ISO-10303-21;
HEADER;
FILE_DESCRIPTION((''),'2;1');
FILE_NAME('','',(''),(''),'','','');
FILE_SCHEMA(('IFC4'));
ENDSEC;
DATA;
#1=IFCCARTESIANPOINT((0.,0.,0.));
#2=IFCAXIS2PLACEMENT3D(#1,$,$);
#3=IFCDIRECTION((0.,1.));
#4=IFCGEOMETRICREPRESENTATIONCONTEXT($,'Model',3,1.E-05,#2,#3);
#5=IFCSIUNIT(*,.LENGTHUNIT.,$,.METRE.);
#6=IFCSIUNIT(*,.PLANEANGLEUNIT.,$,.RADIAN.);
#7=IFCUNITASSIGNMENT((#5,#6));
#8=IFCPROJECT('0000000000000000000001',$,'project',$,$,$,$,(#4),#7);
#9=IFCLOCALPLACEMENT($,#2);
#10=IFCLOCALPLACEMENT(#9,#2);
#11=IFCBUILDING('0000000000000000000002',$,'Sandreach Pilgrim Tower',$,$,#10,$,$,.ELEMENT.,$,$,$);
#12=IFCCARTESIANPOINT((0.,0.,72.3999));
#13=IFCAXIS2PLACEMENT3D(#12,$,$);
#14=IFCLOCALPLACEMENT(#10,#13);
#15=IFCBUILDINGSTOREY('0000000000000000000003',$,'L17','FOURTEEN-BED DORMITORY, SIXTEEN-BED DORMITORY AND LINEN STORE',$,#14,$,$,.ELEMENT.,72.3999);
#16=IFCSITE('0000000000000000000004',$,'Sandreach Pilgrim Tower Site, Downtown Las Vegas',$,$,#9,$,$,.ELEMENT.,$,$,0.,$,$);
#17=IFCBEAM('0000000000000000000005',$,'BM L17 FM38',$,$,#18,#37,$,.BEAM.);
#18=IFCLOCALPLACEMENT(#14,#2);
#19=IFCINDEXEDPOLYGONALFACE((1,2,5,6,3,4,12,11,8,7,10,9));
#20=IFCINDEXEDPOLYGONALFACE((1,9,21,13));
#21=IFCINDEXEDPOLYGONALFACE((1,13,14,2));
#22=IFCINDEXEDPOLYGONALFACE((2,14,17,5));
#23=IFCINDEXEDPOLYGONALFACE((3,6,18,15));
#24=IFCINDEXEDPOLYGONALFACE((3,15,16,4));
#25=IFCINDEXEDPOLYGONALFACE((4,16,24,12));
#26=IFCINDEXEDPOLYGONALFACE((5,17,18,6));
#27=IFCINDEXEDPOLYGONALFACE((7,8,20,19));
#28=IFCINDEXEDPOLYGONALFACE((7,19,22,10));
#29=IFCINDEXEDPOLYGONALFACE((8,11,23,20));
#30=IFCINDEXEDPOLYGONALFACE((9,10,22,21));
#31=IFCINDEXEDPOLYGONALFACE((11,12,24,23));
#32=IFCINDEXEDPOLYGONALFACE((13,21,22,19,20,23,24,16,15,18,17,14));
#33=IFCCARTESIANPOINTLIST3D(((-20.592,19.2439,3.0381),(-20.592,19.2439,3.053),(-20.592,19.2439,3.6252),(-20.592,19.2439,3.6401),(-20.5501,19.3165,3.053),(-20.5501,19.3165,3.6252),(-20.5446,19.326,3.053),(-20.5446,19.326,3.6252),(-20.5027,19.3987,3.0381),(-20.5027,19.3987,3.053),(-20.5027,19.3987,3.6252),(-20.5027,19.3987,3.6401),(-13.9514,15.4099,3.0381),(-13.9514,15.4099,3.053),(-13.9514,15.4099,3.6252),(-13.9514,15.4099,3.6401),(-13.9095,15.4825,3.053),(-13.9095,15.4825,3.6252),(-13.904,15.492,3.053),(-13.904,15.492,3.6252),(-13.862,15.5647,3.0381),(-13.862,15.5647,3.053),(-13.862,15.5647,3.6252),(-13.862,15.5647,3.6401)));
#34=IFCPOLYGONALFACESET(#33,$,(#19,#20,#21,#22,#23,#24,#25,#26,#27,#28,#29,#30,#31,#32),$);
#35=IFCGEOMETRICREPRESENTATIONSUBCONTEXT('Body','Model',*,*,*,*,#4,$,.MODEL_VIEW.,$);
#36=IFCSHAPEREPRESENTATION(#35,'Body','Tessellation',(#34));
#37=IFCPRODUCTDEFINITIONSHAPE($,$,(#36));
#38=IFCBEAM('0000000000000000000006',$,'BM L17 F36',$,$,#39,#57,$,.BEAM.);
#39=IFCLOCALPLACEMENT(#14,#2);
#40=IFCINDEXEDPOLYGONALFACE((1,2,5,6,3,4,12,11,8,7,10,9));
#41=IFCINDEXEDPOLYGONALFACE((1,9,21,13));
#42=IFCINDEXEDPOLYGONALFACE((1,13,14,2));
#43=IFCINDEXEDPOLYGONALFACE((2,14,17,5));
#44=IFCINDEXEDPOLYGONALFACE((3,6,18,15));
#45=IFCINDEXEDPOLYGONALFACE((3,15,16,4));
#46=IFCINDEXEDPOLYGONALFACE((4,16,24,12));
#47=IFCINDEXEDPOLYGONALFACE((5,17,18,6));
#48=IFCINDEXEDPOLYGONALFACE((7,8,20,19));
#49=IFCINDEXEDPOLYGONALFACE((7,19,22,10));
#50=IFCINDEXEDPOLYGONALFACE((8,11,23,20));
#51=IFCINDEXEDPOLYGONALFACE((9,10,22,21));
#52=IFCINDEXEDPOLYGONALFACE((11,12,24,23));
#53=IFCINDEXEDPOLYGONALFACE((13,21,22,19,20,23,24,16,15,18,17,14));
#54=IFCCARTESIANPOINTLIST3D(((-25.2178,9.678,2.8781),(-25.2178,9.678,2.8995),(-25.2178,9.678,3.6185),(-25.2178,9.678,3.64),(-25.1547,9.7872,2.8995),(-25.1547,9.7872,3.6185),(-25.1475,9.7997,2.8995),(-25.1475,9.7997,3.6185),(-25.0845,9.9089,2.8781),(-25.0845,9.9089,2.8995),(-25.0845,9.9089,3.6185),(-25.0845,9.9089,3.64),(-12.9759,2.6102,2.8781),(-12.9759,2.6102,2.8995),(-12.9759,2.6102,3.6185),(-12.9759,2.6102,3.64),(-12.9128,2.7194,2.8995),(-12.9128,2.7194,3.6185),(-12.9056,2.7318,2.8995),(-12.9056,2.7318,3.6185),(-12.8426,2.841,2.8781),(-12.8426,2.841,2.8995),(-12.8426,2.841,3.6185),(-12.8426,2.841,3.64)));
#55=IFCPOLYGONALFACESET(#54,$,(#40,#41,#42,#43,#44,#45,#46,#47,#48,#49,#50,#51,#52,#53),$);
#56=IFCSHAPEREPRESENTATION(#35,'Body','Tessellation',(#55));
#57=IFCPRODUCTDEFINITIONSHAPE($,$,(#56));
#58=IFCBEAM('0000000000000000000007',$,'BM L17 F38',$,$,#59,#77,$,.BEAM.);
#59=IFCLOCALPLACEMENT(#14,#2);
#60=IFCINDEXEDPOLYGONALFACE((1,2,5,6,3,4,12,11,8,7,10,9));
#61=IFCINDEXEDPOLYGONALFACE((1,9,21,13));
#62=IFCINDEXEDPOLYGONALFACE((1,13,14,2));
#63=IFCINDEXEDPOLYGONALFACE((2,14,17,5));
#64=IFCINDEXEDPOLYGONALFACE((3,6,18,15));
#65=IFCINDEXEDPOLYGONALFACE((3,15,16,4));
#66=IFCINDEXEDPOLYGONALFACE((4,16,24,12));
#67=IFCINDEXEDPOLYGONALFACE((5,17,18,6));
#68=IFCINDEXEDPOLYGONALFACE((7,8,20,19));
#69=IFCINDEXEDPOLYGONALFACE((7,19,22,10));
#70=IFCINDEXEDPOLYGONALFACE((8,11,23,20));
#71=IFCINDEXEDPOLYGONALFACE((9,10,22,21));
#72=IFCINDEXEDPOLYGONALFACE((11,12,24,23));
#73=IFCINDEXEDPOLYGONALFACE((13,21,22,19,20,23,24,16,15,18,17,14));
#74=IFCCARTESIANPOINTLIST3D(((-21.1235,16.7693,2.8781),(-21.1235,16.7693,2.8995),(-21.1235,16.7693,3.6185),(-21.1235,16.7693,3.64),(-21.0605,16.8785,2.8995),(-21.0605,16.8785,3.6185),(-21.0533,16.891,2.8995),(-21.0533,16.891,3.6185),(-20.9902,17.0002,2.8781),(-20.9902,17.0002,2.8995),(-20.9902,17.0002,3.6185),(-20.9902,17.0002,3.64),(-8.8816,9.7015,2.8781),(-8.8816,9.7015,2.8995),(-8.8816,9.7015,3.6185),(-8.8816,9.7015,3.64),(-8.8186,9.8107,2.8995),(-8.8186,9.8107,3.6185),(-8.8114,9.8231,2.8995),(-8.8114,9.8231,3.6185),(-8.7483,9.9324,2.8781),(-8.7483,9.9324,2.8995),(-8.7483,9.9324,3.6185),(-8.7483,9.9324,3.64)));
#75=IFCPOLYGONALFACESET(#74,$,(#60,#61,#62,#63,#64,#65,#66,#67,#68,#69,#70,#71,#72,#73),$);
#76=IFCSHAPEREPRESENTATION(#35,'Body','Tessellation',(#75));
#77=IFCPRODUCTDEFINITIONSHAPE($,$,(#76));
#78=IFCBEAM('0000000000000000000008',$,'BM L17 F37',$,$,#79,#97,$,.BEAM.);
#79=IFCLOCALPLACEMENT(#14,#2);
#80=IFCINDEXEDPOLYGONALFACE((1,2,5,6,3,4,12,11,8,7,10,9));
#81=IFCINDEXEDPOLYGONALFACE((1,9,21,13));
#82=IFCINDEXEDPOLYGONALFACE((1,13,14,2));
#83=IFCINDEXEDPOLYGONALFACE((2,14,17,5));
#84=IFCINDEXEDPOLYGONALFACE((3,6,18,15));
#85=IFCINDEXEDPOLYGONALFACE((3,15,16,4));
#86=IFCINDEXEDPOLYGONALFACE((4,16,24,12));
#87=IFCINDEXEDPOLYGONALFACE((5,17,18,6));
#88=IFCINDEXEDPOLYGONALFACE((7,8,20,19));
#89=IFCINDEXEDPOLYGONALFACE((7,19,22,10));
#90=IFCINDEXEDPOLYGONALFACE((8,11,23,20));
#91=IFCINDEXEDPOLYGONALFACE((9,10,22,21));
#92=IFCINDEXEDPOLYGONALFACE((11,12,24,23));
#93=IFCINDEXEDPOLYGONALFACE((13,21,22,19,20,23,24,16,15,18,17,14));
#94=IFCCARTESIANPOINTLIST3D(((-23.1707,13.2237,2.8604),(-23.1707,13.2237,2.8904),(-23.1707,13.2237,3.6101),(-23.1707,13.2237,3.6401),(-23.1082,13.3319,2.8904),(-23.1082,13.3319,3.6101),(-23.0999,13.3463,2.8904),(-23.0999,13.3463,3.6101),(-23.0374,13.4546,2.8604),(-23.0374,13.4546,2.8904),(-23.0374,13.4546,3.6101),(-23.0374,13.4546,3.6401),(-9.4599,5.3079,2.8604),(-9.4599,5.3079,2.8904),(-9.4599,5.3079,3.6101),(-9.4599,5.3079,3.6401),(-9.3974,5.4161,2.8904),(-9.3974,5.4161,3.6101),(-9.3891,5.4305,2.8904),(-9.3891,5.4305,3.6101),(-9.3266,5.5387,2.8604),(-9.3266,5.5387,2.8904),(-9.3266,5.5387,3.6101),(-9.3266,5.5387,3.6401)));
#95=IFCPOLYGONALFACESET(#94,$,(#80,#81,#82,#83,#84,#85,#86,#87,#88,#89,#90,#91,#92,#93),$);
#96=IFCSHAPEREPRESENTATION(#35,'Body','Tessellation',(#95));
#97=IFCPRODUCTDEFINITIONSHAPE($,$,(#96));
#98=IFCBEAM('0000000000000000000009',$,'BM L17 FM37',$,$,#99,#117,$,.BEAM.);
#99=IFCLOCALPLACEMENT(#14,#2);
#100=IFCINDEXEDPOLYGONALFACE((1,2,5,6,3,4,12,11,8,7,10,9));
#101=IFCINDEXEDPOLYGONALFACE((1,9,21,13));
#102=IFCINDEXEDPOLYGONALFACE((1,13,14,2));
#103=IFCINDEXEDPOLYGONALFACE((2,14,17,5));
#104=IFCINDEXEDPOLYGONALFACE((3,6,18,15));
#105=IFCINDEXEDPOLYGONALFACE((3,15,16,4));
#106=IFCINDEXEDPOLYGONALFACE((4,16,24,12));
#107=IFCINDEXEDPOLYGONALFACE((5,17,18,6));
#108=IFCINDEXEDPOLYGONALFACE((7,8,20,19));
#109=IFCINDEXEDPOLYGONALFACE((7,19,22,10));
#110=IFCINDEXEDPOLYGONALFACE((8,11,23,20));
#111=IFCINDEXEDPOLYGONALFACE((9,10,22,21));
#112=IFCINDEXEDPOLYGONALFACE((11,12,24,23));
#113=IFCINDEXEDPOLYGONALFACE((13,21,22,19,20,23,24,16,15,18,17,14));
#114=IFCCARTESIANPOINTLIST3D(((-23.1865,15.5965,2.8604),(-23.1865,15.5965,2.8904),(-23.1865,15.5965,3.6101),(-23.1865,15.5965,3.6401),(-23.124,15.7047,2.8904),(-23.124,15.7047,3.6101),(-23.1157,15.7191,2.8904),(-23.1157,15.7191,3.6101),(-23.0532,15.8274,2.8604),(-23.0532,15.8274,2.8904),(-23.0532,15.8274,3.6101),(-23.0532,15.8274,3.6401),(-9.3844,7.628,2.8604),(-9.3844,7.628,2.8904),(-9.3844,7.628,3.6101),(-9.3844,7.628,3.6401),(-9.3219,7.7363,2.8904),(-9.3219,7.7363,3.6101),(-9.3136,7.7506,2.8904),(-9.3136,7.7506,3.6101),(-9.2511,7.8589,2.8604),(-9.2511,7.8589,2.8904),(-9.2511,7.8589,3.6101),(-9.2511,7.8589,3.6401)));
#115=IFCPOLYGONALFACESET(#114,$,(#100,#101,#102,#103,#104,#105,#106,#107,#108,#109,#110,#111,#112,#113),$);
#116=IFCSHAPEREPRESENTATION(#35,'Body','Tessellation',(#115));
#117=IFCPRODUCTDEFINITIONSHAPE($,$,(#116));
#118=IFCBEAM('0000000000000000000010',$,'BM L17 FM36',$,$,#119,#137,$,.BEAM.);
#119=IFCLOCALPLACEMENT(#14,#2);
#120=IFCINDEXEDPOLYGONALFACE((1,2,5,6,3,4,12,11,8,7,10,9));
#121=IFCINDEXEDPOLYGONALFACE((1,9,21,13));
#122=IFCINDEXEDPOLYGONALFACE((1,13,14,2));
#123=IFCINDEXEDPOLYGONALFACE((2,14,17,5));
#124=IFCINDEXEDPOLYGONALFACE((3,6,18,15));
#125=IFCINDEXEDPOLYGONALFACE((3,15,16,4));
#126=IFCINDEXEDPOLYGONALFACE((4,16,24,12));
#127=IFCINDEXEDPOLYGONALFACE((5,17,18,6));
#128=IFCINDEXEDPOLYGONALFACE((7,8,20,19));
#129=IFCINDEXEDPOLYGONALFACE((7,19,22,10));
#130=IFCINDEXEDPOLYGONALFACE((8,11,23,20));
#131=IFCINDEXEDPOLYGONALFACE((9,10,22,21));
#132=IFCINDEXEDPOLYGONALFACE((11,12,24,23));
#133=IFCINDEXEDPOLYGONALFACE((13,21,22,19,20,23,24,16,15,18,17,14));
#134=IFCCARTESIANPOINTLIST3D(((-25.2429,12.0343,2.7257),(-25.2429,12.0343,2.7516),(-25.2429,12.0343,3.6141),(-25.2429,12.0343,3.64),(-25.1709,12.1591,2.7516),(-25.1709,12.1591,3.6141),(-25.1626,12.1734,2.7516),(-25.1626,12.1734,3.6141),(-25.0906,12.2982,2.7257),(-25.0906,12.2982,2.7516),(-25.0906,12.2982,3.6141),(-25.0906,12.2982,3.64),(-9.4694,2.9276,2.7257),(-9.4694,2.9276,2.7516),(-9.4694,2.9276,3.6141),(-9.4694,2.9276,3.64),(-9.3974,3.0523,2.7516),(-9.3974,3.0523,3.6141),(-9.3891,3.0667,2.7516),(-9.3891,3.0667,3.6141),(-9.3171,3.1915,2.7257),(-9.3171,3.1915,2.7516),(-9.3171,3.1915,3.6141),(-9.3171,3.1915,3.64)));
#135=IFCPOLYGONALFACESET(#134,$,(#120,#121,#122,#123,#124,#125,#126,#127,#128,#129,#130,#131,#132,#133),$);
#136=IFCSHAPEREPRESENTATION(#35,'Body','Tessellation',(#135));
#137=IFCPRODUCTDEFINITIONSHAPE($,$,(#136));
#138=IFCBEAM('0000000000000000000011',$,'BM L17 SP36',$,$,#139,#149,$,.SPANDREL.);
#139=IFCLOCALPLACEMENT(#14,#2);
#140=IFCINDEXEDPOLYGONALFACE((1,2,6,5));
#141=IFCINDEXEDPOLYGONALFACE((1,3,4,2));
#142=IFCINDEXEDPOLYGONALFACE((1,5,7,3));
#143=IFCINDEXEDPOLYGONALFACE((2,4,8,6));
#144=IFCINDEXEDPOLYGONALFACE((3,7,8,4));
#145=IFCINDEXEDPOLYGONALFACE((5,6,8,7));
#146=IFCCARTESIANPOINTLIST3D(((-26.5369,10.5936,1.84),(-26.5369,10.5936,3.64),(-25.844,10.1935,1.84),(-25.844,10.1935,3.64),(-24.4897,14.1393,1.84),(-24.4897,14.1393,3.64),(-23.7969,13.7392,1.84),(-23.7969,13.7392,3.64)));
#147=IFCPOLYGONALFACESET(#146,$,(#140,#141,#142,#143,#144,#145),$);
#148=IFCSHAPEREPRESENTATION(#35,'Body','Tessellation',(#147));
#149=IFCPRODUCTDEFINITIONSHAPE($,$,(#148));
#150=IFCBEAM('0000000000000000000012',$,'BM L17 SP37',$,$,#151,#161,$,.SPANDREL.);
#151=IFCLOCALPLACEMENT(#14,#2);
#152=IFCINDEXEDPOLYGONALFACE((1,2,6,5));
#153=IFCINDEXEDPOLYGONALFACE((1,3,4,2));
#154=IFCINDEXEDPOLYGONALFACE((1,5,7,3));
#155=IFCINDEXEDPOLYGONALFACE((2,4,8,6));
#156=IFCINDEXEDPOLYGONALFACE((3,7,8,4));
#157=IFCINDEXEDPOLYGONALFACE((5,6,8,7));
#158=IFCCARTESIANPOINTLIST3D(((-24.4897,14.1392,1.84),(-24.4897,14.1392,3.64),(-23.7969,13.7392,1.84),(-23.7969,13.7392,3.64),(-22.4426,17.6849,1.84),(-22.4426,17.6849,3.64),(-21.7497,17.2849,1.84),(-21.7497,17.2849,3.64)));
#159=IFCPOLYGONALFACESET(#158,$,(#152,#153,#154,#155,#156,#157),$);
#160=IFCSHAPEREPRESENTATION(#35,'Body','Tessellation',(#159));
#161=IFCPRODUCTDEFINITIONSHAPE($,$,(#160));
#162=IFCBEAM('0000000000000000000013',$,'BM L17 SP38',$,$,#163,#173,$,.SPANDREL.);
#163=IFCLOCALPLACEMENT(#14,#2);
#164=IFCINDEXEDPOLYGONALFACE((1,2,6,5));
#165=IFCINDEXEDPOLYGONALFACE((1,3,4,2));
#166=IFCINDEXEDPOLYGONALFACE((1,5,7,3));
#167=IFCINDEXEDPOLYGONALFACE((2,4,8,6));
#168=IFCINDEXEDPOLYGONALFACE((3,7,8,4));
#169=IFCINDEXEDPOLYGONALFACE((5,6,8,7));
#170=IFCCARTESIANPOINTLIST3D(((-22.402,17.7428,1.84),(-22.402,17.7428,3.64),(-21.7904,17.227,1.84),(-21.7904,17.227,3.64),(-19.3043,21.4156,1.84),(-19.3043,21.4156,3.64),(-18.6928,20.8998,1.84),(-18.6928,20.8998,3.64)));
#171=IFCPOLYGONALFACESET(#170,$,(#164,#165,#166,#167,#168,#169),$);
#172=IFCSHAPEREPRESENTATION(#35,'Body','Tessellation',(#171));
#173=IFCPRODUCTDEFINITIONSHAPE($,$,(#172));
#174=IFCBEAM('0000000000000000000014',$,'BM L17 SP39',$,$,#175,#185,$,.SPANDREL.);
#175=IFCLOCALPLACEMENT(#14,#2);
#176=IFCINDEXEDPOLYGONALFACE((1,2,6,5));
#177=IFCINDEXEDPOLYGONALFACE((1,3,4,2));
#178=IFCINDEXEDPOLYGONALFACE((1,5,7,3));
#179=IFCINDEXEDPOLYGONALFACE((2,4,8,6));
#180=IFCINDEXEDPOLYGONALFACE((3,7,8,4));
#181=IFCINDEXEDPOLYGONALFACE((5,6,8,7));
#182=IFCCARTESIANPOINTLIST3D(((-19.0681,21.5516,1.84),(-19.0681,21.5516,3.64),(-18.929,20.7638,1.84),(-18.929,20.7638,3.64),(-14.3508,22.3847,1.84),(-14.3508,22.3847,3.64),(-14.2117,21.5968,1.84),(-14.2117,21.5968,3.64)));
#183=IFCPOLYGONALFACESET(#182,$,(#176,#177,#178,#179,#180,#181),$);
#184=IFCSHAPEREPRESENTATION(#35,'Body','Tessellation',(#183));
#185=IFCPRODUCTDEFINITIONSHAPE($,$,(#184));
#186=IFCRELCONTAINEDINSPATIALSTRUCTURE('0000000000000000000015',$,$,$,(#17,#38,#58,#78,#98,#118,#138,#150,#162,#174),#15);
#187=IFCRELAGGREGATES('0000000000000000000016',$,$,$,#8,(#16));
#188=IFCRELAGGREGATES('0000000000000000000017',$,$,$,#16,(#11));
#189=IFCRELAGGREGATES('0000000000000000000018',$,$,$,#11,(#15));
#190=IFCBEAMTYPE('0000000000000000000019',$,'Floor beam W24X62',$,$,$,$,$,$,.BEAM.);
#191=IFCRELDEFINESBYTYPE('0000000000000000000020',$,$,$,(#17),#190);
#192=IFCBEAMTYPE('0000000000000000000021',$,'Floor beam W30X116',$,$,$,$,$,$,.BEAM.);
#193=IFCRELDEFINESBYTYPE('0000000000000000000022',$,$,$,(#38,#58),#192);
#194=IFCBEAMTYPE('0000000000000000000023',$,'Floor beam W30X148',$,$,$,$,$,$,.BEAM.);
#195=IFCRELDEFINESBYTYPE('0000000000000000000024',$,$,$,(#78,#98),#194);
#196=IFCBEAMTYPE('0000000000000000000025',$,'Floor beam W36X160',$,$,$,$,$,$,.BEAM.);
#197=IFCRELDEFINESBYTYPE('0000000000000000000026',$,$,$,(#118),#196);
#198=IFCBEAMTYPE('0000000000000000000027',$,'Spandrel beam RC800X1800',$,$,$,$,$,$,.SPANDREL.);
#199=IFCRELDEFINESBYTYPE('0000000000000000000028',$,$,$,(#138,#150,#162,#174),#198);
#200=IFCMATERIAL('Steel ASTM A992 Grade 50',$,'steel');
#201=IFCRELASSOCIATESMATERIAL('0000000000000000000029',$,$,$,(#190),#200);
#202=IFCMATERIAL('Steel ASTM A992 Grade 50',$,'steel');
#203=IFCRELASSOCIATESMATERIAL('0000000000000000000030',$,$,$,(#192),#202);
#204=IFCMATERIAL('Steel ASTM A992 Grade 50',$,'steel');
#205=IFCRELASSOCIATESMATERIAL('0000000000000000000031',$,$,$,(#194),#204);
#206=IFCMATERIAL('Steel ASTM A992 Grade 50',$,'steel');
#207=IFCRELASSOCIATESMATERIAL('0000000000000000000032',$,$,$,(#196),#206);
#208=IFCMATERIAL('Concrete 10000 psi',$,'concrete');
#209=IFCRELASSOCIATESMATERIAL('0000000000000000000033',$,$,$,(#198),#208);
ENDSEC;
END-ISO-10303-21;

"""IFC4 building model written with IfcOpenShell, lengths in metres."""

from ifc_helpers import new_model, si_unit, direction, frame, origin, origin_2d, place, context, subcontext, project, spatial, rectangle, i_section, extrude, material, material_profile, profile_set, type_object, element, save


model = new_model("IFC4")

# Units and contexts
model_context = context("Model", 3, precision=1e-05, world=origin(), true_north=direction((0.0, 1.0)))
body_context = subcontext(model_context, "Body", "Model", "MODEL_VIEW")
ifc_project = project(units=[si_unit("LENGTHUNIT", "METRE"), si_unit("PLANEANGLEUNIT", "RADIAN")], contexts=[model_context])

# Site, building, storey
site_placement = place(None, origin())
site = spatial("IfcSite", under=ifc_project, at=site_placement, Name="Sandreach Pilgrim Tower Site, Downtown Las Vegas", CompositionType="ELEMENT", RefElevation=0.0)
building_placement = place(site_placement, origin())
building = spatial("IfcBuilding", under=site, at=building_placement, Name="Sandreach Pilgrim Tower", CompositionType="ELEMENT")
storey_placement = place(building_placement, frame((0.0, 0.0, 72.3999)))
storey = spatial("IfcBuildingStorey", under=building, at=storey_placement, Name="L17", Description="FOURTEEN-BED DORMITORY, SIXTEEN-BED DORMITORY AND LINEN STORE", CompositionType="ELEMENT", Elevation=72.3999)

# Beams
ifc_material_1 = material(Name="Steel ASTM A992 Grade 50", Category="steel")
ifc_material_profile_1 = material_profile(ifc_material_1, i_section(OverallWidth=0.1787, OverallDepth=0.6021, WebThickness=0.011, FlangeThickness=0.0149, at=origin_2d()), Name="W24X62")
ifc_profile_set_1 = profile_set([ifc_material_profile_1], Name="Steel ASTM A992 Grade 50")
beam_type_1 = type_object("IfcBeamType", Name="Floor beam W24X62", PredefinedType="BEAM", material=ifc_profile_set_1)
beam_1_placement = place(storey_placement, frame((-20.5474, 19.3213, 3.3391), z_axis=(0.866024, -0.500002, 0.0), x_axis=(0.500002, 0.866024, 0.0)))
element("IfcBeam", 1, at=beam_1_placement, inside=storey, type_object=beam_type_1, Name="BM L17 FM38", PredefinedType="BEAM", context=body_context, shape_type="SweptSolid", body=[
    extrude(i_section(OverallWidth=0.1787, OverallDepth=0.6021, WebThickness=0.011, FlangeThickness=0.0149, at=origin_2d()), origin(), (0.0, 0.0, 1.0), 7.668),
])
ifc_material_2 = material(Name="Steel ASTM A992 Grade 50", Category="steel")
ifc_material_profile_2 = material_profile(ifc_material_2, i_section(OverallWidth=0.2666, OverallDepth=0.762, WebThickness=0.0144, FlangeThickness=0.0215, at=origin_2d()), Name="W30X116")
ifc_profile_set_2 = profile_set([ifc_material_profile_2], Name="Steel ASTM A992 Grade 50")
beam_type_2 = type_object("IfcBeamType", Name="Floor beam W30X116", PredefinedType="BEAM", material=ifc_profile_set_2)
for number, where, z_axis, x_axis, name in (
    (2, (-25.1511, 9.7935, 3.259), (0.866026, -0.499999, 0.0), (0.499999, 0.866026, 0.0), "BM L17 F36"),
    (3, (-21.0569, 16.8848, 3.259), (0.866026, -0.499999, 0.0), (0.499999, 0.866026, 0.0), "BM L17 F38"),
):
    element("IfcBeam", number, at=place(storey_placement, frame(where, z_axis=z_axis, x_axis=x_axis)), inside=storey, type_object=beam_type_2, Name=name, PredefinedType="BEAM", context=body_context, shape_type="SweptSolid", body=[
        extrude(i_section(OverallWidth=0.2666, OverallDepth=0.762, WebThickness=0.0144, FlangeThickness=0.0215, at=origin_2d()), origin(), (0.0, 0.0, 1.0), 14.1357),
    ])
ifc_material_3 = material(Name="Steel ASTM A992 Grade 50", Category="steel")
ifc_material_profile_3 = material_profile(ifc_material_3, i_section(OverallWidth=0.2666, OverallDepth=0.7798, WebThickness=0.0166, FlangeThickness=0.03, at=origin_2d()), Name="W30X148")
ifc_profile_set_3 = profile_set([ifc_material_profile_3], Name="Steel ASTM A992 Grade 50")
beam_type_3 = type_object("IfcBeamType", Name="Floor beam W30X148", PredefinedType="BEAM", material=ifc_profile_set_3)
beam_2_placement = place(storey_placement, frame((-23.104, 13.3391, 3.2502), z_axis=(0.866028, -0.499995, 0.0), x_axis=(0.499995, 0.866028, 0.0)))
element("IfcBeam", 4, at=beam_2_placement, inside=storey, type_object=beam_type_3, Name="BM L17 F37", PredefinedType="BEAM", context=body_context, shape_type="SweptSolid", body=[
    extrude(i_section(OverallWidth=0.2666, OverallDepth=0.7798, WebThickness=0.0166, FlangeThickness=0.03, at=origin_2d()), origin(), (0.0, 0.0, 1.0), 15.8318),
])
beam_3_placement = place(storey_placement, frame((-23.1199, 15.7119, 3.2502), z_axis=(0.866032, -0.499989, 0.0), x_axis=(0.499989, 0.866032, 0.0)))
element("IfcBeam", 5, at=beam_3_placement, inside=storey, type_object=beam_type_3, Name="BM L17 FM37", PredefinedType="BEAM", context=body_context, shape_type="SweptSolid", body=[
    extrude(i_section(OverallWidth=0.2666, OverallDepth=0.7798, WebThickness=0.0166, FlangeThickness=0.03, at=origin_2d()), origin(), (0.0, 0.0, 1.0), 15.9373),
])
ifc_material_4 = material(Name="Steel ASTM A992 Grade 50", Category="steel")
ifc_material_profile_4 = material_profile(ifc_material_4, i_section(OverallWidth=0.3047, OverallDepth=0.9143, WebThickness=0.0166, FlangeThickness=0.0259, at=origin_2d()), Name="W36X160")
ifc_profile_set_4 = profile_set([ifc_material_profile_4], Name="Steel ASTM A992 Grade 50")
beam_type_4 = type_object("IfcBeamType", Name="Floor beam W36X160", PredefinedType="BEAM", material=ifc_profile_set_4)
beam_4_placement = place(storey_placement, frame((-25.1667, 12.1663, 3.1829), z_axis=(0.866028, -0.499996, 0.0), x_axis=(0.499996, 0.866028, 0.0)))
element("IfcBeam", 6, at=beam_4_placement, inside=storey, type_object=beam_type_4, Name="BM L17 FM36", PredefinedType="BEAM", context=body_context, shape_type="SweptSolid", body=[
    extrude(i_section(OverallWidth=0.3047, OverallDepth=0.9143, WebThickness=0.0166, FlangeThickness=0.0259, at=origin_2d()), origin(), (0.0, 0.0, 1.0), 18.2136),
])
ifc_material_5 = material(Name="Concrete 10000 psi", Category="concrete")
ifc_material_profile_5 = material_profile(ifc_material_5, rectangle(XDim=0.8, YDim=1.8, at=origin_2d()), Name="RC800X1800")
ifc_profile_set_5 = profile_set([ifc_material_profile_5], Name="Concrete 10000 psi")
beam_type_5 = type_object("IfcBeamType", Name="Spandrel beam RC800X1800", PredefinedType="SPANDREL", material=ifc_profile_set_5)
for number, where, z_axis, x_axis, name in (
    (7, (-26.1904, 10.3936, 2.74), (0.500006, 0.866022, 0.0), (-0.866022, 0.500006, 0.0), "BM L17 SP36"),
    (8, (-24.1433, 13.9392, 2.74), (0.500006, 0.866022, 0.0), (-0.866022, 0.500006, 0.0), "BM L17 SP37"),
):
    element("IfcBeam", number, at=place(storey_placement, frame(where, z_axis=z_axis, x_axis=x_axis)), inside=storey, type_object=beam_type_5, Name=name, PredefinedType="SPANDREL", context=body_context, shape_type="SweptSolid", body=[
        extrude(rectangle(XDim=0.8, YDim=1.8, at=origin_2d()), origin(), (0.0, 0.0, 1.0), 4.0942),
    ])
beam_5_placement = place(storey_placement, frame((-22.0962, 17.4849, 2.74), z_axis=(0.644711, 0.764426, 0.0), x_axis=(-0.764426, 0.644711, 0.0)))
element("IfcBeam", 9, at=beam_5_placement, inside=storey, type_object=beam_type_5, Name="BM L17 SP38", PredefinedType="SPANDREL", context=body_context, shape_type="SweptSolid", body=[
    extrude(rectangle(XDim=0.8, YDim=1.8, at=origin_2d()), origin(), (0.0, 0.0, 1.0), 4.8047),
])
beam_6_placement = place(storey_placement, frame((-18.9985, 21.1577, 2.74), z_axis=(0.984764, 0.173896, 0.0), x_axis=(-0.173896, 0.984764, 0.0)))
element("IfcBeam", 10, at=beam_6_placement, inside=storey, type_object=beam_type_5, Name="BM L17 SP39", PredefinedType="SPANDREL", context=body_context, shape_type="SweptSolid", body=[
    extrude(rectangle(XDim=0.8, YDim=1.8, at=origin_2d()), origin(), (0.0, 0.0, 1.0), 4.7903),
])

save(model, "model.ifc")
